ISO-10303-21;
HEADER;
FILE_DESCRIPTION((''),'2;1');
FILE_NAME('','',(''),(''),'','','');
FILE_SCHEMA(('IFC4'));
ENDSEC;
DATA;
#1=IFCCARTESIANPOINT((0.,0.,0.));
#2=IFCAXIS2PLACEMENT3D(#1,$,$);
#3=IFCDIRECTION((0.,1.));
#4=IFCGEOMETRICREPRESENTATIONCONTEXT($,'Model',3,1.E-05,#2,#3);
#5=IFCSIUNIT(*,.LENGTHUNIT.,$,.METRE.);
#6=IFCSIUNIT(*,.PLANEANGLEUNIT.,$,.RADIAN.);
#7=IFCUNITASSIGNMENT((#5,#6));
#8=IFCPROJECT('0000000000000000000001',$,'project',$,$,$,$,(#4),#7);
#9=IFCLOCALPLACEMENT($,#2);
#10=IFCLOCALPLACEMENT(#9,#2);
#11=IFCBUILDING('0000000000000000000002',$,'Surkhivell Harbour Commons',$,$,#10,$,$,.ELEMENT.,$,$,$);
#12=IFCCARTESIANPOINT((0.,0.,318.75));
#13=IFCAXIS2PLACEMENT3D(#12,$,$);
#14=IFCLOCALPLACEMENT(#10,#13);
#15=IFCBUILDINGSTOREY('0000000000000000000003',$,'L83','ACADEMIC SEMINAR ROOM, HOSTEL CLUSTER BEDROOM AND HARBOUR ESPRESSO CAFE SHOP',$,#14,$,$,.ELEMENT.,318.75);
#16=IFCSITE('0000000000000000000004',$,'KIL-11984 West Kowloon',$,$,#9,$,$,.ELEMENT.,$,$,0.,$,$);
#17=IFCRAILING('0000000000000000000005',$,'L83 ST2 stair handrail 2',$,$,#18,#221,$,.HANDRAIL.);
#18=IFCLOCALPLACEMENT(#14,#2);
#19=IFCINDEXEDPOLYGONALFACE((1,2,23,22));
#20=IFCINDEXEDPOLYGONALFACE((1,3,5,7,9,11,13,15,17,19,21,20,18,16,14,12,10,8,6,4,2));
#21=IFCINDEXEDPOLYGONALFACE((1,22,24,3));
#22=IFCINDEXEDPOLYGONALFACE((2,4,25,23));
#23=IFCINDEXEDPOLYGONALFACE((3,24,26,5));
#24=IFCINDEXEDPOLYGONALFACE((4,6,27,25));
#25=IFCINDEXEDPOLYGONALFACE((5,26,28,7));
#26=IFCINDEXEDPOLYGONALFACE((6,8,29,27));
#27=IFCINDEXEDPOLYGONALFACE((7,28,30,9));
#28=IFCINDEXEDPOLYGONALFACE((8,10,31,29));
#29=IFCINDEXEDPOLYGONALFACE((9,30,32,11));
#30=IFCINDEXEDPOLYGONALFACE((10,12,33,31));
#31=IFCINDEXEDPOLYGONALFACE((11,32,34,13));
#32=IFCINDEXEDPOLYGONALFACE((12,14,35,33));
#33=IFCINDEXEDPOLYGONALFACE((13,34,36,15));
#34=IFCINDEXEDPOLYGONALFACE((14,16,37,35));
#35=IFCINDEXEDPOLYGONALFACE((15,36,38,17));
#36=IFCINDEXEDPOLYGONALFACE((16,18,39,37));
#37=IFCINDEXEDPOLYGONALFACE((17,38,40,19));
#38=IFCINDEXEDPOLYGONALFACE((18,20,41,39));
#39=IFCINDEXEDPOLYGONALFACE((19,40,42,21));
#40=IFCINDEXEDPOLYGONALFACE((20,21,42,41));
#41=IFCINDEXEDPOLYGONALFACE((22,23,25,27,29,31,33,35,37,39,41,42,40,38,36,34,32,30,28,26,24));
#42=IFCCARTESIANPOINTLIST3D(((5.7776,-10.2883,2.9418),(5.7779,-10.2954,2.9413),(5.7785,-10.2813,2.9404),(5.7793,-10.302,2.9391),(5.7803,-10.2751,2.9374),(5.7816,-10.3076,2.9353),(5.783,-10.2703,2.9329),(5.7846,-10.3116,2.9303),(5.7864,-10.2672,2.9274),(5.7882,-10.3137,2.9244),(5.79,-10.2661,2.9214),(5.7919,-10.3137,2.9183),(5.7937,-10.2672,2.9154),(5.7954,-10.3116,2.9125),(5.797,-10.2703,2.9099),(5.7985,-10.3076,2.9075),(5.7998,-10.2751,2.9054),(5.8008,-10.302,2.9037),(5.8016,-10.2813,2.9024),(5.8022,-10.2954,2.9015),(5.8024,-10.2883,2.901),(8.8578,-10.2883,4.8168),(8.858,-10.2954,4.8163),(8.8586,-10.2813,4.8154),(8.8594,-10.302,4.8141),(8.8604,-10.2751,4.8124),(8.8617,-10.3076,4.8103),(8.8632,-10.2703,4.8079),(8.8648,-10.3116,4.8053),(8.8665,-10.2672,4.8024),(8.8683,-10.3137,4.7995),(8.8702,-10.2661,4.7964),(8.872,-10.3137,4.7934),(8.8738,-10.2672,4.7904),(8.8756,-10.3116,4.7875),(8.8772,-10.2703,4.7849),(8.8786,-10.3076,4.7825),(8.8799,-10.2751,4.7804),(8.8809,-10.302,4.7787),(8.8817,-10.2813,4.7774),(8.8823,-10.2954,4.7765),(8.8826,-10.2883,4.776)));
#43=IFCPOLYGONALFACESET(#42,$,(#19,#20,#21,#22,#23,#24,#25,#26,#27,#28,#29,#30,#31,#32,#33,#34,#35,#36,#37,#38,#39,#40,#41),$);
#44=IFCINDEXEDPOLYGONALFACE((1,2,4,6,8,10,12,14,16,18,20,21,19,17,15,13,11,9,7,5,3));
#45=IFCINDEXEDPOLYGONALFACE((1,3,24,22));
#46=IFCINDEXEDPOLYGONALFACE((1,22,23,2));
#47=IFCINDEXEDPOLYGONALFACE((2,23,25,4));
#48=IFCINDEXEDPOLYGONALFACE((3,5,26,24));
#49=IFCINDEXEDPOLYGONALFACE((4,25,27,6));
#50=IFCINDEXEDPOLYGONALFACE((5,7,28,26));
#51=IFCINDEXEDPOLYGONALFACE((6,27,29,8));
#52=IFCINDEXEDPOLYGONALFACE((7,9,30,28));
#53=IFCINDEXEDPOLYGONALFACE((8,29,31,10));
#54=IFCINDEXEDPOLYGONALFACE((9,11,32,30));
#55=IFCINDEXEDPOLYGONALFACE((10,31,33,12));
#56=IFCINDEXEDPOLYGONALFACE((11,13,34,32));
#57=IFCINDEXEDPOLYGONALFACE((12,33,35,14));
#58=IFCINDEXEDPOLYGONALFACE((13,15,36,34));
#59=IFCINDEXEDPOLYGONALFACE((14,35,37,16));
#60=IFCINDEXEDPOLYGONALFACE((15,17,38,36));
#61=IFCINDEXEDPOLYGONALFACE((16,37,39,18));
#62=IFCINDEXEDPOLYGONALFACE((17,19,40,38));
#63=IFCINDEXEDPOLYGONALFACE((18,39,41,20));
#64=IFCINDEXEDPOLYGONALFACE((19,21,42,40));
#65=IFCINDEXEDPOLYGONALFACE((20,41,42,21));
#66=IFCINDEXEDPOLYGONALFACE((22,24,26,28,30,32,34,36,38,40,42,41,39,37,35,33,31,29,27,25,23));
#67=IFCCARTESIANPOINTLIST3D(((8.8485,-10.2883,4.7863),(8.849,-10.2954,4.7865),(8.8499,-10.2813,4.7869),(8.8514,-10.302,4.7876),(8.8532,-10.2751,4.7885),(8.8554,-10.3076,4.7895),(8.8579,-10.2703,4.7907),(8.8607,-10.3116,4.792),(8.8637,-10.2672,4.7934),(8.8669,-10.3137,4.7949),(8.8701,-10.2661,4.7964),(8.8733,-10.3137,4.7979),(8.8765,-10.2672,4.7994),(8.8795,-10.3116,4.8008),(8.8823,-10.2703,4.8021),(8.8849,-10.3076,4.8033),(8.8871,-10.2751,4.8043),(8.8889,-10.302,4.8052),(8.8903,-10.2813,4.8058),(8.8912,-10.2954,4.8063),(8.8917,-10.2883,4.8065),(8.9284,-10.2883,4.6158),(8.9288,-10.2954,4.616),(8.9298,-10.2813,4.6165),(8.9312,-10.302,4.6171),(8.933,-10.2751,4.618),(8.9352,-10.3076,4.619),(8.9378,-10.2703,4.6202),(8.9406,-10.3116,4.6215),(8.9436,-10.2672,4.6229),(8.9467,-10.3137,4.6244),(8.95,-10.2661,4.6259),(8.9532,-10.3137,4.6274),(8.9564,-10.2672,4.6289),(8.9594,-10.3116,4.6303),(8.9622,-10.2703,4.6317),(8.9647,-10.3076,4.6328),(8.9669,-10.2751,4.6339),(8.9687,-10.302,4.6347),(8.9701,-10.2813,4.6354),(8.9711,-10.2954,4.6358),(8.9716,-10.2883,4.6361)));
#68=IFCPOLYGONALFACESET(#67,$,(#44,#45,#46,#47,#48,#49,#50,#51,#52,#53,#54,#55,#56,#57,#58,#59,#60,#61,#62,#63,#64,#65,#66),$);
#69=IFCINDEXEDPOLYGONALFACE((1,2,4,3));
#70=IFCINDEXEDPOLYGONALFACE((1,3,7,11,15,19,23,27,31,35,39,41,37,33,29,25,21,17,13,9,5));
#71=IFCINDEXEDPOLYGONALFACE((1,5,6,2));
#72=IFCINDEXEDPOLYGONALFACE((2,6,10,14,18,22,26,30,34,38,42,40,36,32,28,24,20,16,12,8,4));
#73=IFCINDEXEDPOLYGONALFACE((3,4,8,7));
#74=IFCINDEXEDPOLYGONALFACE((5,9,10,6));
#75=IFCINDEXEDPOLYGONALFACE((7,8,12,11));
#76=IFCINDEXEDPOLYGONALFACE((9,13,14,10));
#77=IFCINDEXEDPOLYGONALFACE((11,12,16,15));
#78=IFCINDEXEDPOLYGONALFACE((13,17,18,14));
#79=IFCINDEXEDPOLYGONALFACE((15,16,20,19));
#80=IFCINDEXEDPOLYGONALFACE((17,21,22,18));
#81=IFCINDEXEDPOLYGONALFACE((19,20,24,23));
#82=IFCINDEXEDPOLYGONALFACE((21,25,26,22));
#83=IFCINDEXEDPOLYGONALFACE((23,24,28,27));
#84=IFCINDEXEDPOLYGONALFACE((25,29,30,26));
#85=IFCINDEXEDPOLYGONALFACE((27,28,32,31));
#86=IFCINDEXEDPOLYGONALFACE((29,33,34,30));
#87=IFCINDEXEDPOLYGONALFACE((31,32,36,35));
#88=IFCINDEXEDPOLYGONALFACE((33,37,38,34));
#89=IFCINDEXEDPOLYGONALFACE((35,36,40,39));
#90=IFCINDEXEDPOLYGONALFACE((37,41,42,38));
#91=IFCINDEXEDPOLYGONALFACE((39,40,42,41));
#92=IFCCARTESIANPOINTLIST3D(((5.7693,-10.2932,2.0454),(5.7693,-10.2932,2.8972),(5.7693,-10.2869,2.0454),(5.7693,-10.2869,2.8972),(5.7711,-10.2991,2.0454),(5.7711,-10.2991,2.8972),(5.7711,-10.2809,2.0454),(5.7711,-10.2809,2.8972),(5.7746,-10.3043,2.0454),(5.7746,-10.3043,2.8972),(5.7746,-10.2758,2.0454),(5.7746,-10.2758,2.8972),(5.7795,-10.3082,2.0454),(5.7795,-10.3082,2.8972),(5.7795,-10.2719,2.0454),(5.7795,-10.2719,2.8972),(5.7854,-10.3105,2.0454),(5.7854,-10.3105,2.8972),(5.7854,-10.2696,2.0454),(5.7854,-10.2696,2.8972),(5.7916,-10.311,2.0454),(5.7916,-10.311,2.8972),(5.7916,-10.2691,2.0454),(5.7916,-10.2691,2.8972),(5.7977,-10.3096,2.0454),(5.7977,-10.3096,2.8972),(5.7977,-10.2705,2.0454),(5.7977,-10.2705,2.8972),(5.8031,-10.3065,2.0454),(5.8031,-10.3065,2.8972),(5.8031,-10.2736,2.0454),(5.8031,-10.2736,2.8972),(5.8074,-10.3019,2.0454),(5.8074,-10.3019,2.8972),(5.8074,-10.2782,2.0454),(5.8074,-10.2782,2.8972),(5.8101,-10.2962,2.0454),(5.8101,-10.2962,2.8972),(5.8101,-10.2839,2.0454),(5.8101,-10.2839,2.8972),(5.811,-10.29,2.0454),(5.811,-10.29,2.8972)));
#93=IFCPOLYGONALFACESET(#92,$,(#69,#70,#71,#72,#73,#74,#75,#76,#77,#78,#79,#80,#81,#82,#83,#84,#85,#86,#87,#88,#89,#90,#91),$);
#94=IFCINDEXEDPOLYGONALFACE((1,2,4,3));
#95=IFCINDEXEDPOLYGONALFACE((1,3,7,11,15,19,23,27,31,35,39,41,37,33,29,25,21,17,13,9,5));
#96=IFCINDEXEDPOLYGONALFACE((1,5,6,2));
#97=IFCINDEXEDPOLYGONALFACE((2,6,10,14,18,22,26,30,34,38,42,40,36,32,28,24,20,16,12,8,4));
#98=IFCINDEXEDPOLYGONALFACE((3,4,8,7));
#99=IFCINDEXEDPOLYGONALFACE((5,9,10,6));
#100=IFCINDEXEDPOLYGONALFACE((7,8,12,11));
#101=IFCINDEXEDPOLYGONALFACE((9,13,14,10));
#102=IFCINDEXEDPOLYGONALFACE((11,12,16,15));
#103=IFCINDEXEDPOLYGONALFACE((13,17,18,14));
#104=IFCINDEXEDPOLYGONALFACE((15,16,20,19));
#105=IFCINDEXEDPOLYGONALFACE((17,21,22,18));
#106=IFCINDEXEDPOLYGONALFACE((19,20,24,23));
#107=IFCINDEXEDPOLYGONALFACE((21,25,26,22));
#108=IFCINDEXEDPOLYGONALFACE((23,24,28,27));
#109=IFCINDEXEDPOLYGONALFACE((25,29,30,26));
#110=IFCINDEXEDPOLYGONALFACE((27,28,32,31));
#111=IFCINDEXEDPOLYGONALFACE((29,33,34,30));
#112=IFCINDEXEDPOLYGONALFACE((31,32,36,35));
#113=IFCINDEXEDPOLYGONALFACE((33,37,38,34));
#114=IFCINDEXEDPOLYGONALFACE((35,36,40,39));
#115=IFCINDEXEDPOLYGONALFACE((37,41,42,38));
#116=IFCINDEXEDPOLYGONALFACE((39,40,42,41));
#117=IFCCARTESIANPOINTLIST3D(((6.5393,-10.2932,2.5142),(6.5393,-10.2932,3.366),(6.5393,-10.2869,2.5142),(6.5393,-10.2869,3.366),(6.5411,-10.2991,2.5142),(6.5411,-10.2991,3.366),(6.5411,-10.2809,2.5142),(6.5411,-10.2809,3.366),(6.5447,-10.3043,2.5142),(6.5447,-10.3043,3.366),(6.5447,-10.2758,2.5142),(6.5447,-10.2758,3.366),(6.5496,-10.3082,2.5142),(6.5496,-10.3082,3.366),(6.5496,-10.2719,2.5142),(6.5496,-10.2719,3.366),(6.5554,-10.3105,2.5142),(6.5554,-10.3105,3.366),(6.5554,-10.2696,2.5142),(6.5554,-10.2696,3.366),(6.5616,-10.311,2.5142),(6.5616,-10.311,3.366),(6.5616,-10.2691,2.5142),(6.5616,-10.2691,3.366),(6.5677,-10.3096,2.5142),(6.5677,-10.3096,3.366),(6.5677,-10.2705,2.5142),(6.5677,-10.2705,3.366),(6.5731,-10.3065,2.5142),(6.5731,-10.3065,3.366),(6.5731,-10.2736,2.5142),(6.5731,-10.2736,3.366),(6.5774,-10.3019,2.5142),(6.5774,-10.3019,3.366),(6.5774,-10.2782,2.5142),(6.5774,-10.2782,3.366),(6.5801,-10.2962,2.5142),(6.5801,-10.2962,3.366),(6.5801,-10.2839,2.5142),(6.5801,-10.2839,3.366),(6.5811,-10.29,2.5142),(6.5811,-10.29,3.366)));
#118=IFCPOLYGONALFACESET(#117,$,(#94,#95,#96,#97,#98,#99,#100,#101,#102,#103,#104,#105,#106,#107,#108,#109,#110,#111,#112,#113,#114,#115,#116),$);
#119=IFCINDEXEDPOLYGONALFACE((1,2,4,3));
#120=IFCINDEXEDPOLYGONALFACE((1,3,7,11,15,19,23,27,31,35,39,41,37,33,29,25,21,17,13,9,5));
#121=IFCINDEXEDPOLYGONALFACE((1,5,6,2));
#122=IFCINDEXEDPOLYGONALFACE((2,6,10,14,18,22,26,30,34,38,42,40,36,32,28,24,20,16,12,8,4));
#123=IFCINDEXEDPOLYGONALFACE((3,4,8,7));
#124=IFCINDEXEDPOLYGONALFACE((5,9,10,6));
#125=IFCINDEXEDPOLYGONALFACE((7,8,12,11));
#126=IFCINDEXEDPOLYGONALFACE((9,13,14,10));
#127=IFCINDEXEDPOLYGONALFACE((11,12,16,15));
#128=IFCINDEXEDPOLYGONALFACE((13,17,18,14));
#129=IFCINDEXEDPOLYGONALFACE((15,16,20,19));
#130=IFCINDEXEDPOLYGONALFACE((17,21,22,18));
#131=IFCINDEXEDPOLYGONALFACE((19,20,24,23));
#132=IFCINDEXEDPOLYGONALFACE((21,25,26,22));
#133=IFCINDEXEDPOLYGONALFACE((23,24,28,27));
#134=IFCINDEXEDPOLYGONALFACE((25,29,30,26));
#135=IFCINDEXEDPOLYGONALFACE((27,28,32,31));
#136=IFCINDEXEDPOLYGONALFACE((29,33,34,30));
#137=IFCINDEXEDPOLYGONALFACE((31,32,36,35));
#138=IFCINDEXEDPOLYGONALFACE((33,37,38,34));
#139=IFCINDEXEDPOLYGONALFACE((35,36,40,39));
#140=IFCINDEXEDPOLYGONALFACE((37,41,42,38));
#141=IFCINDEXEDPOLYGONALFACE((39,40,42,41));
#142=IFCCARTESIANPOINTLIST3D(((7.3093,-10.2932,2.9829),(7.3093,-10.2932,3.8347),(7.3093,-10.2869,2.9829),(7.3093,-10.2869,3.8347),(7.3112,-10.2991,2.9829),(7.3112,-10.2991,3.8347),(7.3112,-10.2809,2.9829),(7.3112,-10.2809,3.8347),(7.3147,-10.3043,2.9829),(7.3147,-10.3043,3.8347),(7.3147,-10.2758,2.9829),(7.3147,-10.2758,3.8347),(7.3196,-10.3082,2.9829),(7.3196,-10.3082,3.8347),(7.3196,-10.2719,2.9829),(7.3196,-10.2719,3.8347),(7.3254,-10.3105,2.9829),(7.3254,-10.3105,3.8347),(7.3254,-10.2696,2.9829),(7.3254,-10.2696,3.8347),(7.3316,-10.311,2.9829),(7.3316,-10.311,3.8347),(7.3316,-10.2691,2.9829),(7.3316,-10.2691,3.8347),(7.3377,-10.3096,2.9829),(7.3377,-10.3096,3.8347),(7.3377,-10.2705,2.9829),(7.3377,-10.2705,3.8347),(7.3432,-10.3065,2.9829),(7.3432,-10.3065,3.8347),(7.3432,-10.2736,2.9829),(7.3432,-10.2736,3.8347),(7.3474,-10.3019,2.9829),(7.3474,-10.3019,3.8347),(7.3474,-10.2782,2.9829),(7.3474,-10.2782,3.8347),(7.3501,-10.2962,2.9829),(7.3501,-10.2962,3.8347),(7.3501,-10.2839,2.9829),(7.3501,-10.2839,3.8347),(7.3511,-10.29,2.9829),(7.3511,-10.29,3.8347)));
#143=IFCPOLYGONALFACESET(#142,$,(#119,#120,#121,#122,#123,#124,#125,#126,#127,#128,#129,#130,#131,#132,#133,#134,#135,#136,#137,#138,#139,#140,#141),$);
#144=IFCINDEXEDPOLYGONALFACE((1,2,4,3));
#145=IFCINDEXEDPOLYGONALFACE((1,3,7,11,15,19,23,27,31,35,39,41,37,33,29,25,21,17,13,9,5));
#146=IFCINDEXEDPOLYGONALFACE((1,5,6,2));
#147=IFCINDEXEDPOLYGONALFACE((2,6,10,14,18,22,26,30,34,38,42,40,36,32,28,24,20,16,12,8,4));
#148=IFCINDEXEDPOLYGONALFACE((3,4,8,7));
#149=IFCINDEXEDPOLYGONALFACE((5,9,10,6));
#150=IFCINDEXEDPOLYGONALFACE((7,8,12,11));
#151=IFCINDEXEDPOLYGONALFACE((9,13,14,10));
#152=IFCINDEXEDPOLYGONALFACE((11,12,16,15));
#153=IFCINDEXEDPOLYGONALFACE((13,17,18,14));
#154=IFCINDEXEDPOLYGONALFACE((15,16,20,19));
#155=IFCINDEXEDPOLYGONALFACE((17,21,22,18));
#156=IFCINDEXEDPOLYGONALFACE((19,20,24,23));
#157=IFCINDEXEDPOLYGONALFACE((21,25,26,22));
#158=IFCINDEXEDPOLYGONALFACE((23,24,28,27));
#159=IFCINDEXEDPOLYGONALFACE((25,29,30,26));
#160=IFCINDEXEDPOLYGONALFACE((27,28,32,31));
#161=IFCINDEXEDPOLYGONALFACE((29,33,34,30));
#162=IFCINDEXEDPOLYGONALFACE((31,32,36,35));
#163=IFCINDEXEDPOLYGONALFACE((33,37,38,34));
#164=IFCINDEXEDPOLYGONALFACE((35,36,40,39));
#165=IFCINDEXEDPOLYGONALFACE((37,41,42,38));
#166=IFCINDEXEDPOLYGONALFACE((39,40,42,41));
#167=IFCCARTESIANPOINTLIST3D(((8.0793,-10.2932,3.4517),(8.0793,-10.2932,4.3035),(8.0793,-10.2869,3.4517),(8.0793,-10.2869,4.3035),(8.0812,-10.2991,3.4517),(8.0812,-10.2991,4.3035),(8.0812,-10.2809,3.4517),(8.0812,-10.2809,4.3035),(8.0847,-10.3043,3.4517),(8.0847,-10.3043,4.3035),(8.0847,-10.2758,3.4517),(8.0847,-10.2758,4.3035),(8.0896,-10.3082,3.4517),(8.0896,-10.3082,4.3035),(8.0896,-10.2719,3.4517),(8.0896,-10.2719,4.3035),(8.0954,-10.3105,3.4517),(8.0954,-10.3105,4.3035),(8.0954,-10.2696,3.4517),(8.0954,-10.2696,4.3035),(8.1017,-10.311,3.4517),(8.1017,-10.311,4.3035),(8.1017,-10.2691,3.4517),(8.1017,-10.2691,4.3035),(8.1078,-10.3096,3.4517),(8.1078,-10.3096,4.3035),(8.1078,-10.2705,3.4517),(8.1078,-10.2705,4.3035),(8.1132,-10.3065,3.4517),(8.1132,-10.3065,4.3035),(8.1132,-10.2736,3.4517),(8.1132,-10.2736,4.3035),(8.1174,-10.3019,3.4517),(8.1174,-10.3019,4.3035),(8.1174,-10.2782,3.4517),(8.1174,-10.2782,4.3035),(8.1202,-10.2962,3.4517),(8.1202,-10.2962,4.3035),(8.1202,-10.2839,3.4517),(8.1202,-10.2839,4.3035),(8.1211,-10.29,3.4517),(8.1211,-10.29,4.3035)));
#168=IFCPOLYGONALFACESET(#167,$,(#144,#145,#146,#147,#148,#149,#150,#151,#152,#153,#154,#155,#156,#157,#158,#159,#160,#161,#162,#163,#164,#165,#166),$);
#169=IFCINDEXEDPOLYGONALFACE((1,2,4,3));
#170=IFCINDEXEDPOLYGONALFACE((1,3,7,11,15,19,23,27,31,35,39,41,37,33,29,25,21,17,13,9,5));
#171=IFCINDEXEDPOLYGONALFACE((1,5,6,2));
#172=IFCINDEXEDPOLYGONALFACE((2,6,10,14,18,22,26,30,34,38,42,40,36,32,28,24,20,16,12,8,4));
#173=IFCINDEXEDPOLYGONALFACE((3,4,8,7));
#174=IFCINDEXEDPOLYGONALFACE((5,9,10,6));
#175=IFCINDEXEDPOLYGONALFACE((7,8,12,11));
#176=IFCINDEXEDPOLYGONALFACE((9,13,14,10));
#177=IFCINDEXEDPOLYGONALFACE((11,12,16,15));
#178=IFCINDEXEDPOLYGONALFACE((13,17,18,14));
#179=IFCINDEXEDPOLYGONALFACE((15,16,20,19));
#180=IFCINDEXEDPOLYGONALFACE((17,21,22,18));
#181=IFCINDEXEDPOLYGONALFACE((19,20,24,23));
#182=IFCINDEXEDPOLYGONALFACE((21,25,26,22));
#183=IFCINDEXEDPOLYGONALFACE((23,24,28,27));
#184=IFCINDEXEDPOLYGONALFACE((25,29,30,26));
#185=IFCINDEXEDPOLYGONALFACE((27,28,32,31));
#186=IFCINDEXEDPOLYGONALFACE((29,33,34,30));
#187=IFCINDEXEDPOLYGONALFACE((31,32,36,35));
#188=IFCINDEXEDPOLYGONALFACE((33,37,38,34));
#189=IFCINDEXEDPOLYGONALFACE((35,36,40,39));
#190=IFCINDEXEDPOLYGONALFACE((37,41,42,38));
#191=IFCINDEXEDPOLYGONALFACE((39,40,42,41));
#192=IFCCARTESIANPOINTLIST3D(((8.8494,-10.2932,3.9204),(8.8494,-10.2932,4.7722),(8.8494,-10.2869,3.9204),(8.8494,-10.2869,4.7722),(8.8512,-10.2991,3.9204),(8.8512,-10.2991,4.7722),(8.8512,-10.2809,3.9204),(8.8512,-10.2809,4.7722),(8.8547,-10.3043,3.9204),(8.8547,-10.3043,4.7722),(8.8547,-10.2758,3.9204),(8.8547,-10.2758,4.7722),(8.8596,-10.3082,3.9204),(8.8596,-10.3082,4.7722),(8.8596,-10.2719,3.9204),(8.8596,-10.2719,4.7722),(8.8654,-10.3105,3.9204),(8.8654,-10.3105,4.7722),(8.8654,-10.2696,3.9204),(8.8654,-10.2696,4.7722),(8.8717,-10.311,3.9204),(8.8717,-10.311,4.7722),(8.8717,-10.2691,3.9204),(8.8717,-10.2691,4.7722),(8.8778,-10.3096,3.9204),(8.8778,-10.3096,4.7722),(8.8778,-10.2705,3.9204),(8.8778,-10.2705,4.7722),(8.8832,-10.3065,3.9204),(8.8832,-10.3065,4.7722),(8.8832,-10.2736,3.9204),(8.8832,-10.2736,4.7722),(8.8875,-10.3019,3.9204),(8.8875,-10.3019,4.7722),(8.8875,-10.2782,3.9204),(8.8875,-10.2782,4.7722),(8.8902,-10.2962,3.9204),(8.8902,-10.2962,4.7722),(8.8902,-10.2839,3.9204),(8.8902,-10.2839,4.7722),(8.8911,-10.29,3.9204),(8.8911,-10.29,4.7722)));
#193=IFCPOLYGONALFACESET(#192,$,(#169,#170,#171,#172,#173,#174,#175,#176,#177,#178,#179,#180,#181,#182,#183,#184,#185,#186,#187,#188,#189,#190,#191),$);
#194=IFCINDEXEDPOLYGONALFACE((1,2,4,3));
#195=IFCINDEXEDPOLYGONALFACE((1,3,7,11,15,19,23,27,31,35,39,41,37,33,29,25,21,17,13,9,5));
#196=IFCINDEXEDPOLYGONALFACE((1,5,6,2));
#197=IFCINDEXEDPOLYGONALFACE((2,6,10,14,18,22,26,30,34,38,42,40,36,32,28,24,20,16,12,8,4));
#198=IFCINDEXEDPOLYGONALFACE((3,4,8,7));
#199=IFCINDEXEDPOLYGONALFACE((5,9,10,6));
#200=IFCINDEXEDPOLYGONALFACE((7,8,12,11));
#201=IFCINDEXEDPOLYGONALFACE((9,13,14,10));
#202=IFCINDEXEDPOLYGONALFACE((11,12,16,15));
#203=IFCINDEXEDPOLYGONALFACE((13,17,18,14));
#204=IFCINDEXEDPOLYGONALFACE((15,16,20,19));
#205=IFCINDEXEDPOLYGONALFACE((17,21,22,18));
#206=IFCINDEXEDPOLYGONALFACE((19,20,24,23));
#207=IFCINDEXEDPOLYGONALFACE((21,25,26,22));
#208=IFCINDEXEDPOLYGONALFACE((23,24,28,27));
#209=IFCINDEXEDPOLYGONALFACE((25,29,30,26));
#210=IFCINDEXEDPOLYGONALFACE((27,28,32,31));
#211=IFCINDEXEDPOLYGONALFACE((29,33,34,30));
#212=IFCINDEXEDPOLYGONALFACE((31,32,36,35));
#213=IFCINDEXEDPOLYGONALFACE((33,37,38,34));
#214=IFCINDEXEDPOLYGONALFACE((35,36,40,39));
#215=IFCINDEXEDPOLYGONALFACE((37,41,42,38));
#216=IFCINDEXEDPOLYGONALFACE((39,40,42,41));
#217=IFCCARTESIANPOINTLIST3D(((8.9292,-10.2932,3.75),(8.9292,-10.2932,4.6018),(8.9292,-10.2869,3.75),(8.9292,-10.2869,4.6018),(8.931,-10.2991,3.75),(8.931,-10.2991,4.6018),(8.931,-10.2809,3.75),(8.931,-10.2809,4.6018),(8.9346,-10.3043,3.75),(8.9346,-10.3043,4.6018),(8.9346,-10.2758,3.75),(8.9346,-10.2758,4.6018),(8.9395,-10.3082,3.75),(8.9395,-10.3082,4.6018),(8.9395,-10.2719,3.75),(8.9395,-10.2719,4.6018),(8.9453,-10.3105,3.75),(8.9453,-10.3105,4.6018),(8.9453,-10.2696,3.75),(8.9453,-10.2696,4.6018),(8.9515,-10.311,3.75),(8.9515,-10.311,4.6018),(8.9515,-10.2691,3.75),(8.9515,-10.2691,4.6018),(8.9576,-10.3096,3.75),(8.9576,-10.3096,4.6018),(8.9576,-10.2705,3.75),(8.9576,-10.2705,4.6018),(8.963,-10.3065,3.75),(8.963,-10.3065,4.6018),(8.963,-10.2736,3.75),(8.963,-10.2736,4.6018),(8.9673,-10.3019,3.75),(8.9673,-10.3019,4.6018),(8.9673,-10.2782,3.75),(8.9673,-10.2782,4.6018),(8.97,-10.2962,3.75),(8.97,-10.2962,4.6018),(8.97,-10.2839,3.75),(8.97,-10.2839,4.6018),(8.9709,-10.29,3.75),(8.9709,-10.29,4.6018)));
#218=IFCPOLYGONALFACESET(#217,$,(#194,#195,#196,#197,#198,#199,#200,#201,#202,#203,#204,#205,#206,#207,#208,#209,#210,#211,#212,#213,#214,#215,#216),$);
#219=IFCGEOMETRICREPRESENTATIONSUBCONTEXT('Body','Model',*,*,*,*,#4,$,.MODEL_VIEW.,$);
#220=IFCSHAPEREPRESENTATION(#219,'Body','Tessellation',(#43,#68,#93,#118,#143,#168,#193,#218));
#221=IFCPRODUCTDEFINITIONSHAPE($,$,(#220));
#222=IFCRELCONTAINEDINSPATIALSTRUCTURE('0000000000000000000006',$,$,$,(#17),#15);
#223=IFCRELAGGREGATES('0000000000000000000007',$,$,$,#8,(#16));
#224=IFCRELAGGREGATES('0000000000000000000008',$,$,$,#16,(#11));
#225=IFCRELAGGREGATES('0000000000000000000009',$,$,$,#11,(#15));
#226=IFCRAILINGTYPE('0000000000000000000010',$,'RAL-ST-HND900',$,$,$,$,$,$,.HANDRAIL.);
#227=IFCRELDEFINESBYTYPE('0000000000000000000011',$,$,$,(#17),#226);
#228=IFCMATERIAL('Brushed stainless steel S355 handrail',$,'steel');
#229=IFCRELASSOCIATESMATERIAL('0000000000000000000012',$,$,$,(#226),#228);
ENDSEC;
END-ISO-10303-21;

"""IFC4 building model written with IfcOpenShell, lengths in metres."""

from ifc_helpers import new_model, si_unit, direction, frame, origin, origin_2d, place, context, subcontext, project, spatial, circle, extrude, material, type_object, element, save


model = new_model("IFC4")

# Units and contexts
model_context = context("Model", 3, precision=1e-05, world=origin(), true_north=direction((0.0, 1.0)))
body_context = subcontext(model_context, "Body", "Model", "MODEL_VIEW")
ifc_project = project(units=[si_unit("LENGTHUNIT", "METRE"), si_unit("PLANEANGLEUNIT", "RADIAN")], contexts=[model_context])

# Site, building, storey
site_placement = place(None, origin())
site = spatial("IfcSite", under=ifc_project, at=site_placement, Name="KIL-11984 West Kowloon", CompositionType="ELEMENT", RefElevation=0.0)
building_placement = place(site_placement, origin())
building = spatial("IfcBuilding", under=site, at=building_placement, Name="Surkhivell Harbour Commons", CompositionType="ELEMENT")
storey_placement = place(building_placement, frame((0.0, 0.0, 318.75)))
storey = spatial("IfcBuildingStorey", under=building, at=storey_placement, Name="L83", Description="ACADEMIC SEMINAR ROOM, HOSTEL CLUSTER BEDROOM AND HARBOUR ESPRESSO CAFE SHOP", CompositionType="ELEMENT", Elevation=318.75)

# Railing
ifc_material_1 = material(Name="Brushed stainless steel S355 handrail", Category="steel")
railing_type_1 = type_object("IfcRailingType", Name="RAL-ST-HND900", PredefinedType="HANDRAIL", material=ifc_material_1)
railing_1_placement = place(storey_placement, frame((5.79, -10.29, 2.0454)))
element("IfcRailing", 1, at=railing_1_placement, inside=storey, type_object=railing_type_1, Name="L83 ST2 stair handrail 2", PredefinedType="HANDRAIL", context=body_context, shape_type="SweptSolid", body=[
    extrude(circle(Radius=0.0239, at=origin_2d()), frame((0.0, 0.0, 0.876), z_axis=(0.854178, 0.0, 0.519981), x_axis=(0.0, 1.0, 0.0)), (0.0, 0.0, 1.0), 3.606),
    extrude(circle(Radius=0.0239, at=origin_2d()), frame((3.0801, 0.0, 2.751), z_axis=(0.424234, 0.0, -0.905552), x_axis=(0.0, 1.0, 0.0)), (0.0, 0.0, 1.0), 0.1882),
    extrude(circle(Radius=0.021, at=origin_2d()), origin(), (0.0, 0.0, 1.0), 0.8518),
    extrude(circle(Radius=0.021, at=origin_2d()), frame((0.77, 0.0, 0.4688)), (0.0, 0.0, 1.0), 0.8518),
    extrude(circle(Radius=0.021, at=origin_2d()), frame((1.54, 0.0, 0.9375)), (0.0, 0.0, 1.0), 0.8518),
    extrude(circle(Radius=0.021, at=origin_2d()), frame((2.3101, 0.0, 1.4062)), (0.0, 0.0, 1.0), 0.8518),
    extrude(circle(Radius=0.021, at=origin_2d()), frame((3.0801, 0.0, 1.875)), (0.0, 0.0, 1.0), 0.8518),
    extrude(circle(Radius=0.021, at=origin_2d()), frame((3.1599, 0.0, 1.7046)), (0.0, 0.0, 1.0), 0.8518),
])

save(model, "model.ifc")
